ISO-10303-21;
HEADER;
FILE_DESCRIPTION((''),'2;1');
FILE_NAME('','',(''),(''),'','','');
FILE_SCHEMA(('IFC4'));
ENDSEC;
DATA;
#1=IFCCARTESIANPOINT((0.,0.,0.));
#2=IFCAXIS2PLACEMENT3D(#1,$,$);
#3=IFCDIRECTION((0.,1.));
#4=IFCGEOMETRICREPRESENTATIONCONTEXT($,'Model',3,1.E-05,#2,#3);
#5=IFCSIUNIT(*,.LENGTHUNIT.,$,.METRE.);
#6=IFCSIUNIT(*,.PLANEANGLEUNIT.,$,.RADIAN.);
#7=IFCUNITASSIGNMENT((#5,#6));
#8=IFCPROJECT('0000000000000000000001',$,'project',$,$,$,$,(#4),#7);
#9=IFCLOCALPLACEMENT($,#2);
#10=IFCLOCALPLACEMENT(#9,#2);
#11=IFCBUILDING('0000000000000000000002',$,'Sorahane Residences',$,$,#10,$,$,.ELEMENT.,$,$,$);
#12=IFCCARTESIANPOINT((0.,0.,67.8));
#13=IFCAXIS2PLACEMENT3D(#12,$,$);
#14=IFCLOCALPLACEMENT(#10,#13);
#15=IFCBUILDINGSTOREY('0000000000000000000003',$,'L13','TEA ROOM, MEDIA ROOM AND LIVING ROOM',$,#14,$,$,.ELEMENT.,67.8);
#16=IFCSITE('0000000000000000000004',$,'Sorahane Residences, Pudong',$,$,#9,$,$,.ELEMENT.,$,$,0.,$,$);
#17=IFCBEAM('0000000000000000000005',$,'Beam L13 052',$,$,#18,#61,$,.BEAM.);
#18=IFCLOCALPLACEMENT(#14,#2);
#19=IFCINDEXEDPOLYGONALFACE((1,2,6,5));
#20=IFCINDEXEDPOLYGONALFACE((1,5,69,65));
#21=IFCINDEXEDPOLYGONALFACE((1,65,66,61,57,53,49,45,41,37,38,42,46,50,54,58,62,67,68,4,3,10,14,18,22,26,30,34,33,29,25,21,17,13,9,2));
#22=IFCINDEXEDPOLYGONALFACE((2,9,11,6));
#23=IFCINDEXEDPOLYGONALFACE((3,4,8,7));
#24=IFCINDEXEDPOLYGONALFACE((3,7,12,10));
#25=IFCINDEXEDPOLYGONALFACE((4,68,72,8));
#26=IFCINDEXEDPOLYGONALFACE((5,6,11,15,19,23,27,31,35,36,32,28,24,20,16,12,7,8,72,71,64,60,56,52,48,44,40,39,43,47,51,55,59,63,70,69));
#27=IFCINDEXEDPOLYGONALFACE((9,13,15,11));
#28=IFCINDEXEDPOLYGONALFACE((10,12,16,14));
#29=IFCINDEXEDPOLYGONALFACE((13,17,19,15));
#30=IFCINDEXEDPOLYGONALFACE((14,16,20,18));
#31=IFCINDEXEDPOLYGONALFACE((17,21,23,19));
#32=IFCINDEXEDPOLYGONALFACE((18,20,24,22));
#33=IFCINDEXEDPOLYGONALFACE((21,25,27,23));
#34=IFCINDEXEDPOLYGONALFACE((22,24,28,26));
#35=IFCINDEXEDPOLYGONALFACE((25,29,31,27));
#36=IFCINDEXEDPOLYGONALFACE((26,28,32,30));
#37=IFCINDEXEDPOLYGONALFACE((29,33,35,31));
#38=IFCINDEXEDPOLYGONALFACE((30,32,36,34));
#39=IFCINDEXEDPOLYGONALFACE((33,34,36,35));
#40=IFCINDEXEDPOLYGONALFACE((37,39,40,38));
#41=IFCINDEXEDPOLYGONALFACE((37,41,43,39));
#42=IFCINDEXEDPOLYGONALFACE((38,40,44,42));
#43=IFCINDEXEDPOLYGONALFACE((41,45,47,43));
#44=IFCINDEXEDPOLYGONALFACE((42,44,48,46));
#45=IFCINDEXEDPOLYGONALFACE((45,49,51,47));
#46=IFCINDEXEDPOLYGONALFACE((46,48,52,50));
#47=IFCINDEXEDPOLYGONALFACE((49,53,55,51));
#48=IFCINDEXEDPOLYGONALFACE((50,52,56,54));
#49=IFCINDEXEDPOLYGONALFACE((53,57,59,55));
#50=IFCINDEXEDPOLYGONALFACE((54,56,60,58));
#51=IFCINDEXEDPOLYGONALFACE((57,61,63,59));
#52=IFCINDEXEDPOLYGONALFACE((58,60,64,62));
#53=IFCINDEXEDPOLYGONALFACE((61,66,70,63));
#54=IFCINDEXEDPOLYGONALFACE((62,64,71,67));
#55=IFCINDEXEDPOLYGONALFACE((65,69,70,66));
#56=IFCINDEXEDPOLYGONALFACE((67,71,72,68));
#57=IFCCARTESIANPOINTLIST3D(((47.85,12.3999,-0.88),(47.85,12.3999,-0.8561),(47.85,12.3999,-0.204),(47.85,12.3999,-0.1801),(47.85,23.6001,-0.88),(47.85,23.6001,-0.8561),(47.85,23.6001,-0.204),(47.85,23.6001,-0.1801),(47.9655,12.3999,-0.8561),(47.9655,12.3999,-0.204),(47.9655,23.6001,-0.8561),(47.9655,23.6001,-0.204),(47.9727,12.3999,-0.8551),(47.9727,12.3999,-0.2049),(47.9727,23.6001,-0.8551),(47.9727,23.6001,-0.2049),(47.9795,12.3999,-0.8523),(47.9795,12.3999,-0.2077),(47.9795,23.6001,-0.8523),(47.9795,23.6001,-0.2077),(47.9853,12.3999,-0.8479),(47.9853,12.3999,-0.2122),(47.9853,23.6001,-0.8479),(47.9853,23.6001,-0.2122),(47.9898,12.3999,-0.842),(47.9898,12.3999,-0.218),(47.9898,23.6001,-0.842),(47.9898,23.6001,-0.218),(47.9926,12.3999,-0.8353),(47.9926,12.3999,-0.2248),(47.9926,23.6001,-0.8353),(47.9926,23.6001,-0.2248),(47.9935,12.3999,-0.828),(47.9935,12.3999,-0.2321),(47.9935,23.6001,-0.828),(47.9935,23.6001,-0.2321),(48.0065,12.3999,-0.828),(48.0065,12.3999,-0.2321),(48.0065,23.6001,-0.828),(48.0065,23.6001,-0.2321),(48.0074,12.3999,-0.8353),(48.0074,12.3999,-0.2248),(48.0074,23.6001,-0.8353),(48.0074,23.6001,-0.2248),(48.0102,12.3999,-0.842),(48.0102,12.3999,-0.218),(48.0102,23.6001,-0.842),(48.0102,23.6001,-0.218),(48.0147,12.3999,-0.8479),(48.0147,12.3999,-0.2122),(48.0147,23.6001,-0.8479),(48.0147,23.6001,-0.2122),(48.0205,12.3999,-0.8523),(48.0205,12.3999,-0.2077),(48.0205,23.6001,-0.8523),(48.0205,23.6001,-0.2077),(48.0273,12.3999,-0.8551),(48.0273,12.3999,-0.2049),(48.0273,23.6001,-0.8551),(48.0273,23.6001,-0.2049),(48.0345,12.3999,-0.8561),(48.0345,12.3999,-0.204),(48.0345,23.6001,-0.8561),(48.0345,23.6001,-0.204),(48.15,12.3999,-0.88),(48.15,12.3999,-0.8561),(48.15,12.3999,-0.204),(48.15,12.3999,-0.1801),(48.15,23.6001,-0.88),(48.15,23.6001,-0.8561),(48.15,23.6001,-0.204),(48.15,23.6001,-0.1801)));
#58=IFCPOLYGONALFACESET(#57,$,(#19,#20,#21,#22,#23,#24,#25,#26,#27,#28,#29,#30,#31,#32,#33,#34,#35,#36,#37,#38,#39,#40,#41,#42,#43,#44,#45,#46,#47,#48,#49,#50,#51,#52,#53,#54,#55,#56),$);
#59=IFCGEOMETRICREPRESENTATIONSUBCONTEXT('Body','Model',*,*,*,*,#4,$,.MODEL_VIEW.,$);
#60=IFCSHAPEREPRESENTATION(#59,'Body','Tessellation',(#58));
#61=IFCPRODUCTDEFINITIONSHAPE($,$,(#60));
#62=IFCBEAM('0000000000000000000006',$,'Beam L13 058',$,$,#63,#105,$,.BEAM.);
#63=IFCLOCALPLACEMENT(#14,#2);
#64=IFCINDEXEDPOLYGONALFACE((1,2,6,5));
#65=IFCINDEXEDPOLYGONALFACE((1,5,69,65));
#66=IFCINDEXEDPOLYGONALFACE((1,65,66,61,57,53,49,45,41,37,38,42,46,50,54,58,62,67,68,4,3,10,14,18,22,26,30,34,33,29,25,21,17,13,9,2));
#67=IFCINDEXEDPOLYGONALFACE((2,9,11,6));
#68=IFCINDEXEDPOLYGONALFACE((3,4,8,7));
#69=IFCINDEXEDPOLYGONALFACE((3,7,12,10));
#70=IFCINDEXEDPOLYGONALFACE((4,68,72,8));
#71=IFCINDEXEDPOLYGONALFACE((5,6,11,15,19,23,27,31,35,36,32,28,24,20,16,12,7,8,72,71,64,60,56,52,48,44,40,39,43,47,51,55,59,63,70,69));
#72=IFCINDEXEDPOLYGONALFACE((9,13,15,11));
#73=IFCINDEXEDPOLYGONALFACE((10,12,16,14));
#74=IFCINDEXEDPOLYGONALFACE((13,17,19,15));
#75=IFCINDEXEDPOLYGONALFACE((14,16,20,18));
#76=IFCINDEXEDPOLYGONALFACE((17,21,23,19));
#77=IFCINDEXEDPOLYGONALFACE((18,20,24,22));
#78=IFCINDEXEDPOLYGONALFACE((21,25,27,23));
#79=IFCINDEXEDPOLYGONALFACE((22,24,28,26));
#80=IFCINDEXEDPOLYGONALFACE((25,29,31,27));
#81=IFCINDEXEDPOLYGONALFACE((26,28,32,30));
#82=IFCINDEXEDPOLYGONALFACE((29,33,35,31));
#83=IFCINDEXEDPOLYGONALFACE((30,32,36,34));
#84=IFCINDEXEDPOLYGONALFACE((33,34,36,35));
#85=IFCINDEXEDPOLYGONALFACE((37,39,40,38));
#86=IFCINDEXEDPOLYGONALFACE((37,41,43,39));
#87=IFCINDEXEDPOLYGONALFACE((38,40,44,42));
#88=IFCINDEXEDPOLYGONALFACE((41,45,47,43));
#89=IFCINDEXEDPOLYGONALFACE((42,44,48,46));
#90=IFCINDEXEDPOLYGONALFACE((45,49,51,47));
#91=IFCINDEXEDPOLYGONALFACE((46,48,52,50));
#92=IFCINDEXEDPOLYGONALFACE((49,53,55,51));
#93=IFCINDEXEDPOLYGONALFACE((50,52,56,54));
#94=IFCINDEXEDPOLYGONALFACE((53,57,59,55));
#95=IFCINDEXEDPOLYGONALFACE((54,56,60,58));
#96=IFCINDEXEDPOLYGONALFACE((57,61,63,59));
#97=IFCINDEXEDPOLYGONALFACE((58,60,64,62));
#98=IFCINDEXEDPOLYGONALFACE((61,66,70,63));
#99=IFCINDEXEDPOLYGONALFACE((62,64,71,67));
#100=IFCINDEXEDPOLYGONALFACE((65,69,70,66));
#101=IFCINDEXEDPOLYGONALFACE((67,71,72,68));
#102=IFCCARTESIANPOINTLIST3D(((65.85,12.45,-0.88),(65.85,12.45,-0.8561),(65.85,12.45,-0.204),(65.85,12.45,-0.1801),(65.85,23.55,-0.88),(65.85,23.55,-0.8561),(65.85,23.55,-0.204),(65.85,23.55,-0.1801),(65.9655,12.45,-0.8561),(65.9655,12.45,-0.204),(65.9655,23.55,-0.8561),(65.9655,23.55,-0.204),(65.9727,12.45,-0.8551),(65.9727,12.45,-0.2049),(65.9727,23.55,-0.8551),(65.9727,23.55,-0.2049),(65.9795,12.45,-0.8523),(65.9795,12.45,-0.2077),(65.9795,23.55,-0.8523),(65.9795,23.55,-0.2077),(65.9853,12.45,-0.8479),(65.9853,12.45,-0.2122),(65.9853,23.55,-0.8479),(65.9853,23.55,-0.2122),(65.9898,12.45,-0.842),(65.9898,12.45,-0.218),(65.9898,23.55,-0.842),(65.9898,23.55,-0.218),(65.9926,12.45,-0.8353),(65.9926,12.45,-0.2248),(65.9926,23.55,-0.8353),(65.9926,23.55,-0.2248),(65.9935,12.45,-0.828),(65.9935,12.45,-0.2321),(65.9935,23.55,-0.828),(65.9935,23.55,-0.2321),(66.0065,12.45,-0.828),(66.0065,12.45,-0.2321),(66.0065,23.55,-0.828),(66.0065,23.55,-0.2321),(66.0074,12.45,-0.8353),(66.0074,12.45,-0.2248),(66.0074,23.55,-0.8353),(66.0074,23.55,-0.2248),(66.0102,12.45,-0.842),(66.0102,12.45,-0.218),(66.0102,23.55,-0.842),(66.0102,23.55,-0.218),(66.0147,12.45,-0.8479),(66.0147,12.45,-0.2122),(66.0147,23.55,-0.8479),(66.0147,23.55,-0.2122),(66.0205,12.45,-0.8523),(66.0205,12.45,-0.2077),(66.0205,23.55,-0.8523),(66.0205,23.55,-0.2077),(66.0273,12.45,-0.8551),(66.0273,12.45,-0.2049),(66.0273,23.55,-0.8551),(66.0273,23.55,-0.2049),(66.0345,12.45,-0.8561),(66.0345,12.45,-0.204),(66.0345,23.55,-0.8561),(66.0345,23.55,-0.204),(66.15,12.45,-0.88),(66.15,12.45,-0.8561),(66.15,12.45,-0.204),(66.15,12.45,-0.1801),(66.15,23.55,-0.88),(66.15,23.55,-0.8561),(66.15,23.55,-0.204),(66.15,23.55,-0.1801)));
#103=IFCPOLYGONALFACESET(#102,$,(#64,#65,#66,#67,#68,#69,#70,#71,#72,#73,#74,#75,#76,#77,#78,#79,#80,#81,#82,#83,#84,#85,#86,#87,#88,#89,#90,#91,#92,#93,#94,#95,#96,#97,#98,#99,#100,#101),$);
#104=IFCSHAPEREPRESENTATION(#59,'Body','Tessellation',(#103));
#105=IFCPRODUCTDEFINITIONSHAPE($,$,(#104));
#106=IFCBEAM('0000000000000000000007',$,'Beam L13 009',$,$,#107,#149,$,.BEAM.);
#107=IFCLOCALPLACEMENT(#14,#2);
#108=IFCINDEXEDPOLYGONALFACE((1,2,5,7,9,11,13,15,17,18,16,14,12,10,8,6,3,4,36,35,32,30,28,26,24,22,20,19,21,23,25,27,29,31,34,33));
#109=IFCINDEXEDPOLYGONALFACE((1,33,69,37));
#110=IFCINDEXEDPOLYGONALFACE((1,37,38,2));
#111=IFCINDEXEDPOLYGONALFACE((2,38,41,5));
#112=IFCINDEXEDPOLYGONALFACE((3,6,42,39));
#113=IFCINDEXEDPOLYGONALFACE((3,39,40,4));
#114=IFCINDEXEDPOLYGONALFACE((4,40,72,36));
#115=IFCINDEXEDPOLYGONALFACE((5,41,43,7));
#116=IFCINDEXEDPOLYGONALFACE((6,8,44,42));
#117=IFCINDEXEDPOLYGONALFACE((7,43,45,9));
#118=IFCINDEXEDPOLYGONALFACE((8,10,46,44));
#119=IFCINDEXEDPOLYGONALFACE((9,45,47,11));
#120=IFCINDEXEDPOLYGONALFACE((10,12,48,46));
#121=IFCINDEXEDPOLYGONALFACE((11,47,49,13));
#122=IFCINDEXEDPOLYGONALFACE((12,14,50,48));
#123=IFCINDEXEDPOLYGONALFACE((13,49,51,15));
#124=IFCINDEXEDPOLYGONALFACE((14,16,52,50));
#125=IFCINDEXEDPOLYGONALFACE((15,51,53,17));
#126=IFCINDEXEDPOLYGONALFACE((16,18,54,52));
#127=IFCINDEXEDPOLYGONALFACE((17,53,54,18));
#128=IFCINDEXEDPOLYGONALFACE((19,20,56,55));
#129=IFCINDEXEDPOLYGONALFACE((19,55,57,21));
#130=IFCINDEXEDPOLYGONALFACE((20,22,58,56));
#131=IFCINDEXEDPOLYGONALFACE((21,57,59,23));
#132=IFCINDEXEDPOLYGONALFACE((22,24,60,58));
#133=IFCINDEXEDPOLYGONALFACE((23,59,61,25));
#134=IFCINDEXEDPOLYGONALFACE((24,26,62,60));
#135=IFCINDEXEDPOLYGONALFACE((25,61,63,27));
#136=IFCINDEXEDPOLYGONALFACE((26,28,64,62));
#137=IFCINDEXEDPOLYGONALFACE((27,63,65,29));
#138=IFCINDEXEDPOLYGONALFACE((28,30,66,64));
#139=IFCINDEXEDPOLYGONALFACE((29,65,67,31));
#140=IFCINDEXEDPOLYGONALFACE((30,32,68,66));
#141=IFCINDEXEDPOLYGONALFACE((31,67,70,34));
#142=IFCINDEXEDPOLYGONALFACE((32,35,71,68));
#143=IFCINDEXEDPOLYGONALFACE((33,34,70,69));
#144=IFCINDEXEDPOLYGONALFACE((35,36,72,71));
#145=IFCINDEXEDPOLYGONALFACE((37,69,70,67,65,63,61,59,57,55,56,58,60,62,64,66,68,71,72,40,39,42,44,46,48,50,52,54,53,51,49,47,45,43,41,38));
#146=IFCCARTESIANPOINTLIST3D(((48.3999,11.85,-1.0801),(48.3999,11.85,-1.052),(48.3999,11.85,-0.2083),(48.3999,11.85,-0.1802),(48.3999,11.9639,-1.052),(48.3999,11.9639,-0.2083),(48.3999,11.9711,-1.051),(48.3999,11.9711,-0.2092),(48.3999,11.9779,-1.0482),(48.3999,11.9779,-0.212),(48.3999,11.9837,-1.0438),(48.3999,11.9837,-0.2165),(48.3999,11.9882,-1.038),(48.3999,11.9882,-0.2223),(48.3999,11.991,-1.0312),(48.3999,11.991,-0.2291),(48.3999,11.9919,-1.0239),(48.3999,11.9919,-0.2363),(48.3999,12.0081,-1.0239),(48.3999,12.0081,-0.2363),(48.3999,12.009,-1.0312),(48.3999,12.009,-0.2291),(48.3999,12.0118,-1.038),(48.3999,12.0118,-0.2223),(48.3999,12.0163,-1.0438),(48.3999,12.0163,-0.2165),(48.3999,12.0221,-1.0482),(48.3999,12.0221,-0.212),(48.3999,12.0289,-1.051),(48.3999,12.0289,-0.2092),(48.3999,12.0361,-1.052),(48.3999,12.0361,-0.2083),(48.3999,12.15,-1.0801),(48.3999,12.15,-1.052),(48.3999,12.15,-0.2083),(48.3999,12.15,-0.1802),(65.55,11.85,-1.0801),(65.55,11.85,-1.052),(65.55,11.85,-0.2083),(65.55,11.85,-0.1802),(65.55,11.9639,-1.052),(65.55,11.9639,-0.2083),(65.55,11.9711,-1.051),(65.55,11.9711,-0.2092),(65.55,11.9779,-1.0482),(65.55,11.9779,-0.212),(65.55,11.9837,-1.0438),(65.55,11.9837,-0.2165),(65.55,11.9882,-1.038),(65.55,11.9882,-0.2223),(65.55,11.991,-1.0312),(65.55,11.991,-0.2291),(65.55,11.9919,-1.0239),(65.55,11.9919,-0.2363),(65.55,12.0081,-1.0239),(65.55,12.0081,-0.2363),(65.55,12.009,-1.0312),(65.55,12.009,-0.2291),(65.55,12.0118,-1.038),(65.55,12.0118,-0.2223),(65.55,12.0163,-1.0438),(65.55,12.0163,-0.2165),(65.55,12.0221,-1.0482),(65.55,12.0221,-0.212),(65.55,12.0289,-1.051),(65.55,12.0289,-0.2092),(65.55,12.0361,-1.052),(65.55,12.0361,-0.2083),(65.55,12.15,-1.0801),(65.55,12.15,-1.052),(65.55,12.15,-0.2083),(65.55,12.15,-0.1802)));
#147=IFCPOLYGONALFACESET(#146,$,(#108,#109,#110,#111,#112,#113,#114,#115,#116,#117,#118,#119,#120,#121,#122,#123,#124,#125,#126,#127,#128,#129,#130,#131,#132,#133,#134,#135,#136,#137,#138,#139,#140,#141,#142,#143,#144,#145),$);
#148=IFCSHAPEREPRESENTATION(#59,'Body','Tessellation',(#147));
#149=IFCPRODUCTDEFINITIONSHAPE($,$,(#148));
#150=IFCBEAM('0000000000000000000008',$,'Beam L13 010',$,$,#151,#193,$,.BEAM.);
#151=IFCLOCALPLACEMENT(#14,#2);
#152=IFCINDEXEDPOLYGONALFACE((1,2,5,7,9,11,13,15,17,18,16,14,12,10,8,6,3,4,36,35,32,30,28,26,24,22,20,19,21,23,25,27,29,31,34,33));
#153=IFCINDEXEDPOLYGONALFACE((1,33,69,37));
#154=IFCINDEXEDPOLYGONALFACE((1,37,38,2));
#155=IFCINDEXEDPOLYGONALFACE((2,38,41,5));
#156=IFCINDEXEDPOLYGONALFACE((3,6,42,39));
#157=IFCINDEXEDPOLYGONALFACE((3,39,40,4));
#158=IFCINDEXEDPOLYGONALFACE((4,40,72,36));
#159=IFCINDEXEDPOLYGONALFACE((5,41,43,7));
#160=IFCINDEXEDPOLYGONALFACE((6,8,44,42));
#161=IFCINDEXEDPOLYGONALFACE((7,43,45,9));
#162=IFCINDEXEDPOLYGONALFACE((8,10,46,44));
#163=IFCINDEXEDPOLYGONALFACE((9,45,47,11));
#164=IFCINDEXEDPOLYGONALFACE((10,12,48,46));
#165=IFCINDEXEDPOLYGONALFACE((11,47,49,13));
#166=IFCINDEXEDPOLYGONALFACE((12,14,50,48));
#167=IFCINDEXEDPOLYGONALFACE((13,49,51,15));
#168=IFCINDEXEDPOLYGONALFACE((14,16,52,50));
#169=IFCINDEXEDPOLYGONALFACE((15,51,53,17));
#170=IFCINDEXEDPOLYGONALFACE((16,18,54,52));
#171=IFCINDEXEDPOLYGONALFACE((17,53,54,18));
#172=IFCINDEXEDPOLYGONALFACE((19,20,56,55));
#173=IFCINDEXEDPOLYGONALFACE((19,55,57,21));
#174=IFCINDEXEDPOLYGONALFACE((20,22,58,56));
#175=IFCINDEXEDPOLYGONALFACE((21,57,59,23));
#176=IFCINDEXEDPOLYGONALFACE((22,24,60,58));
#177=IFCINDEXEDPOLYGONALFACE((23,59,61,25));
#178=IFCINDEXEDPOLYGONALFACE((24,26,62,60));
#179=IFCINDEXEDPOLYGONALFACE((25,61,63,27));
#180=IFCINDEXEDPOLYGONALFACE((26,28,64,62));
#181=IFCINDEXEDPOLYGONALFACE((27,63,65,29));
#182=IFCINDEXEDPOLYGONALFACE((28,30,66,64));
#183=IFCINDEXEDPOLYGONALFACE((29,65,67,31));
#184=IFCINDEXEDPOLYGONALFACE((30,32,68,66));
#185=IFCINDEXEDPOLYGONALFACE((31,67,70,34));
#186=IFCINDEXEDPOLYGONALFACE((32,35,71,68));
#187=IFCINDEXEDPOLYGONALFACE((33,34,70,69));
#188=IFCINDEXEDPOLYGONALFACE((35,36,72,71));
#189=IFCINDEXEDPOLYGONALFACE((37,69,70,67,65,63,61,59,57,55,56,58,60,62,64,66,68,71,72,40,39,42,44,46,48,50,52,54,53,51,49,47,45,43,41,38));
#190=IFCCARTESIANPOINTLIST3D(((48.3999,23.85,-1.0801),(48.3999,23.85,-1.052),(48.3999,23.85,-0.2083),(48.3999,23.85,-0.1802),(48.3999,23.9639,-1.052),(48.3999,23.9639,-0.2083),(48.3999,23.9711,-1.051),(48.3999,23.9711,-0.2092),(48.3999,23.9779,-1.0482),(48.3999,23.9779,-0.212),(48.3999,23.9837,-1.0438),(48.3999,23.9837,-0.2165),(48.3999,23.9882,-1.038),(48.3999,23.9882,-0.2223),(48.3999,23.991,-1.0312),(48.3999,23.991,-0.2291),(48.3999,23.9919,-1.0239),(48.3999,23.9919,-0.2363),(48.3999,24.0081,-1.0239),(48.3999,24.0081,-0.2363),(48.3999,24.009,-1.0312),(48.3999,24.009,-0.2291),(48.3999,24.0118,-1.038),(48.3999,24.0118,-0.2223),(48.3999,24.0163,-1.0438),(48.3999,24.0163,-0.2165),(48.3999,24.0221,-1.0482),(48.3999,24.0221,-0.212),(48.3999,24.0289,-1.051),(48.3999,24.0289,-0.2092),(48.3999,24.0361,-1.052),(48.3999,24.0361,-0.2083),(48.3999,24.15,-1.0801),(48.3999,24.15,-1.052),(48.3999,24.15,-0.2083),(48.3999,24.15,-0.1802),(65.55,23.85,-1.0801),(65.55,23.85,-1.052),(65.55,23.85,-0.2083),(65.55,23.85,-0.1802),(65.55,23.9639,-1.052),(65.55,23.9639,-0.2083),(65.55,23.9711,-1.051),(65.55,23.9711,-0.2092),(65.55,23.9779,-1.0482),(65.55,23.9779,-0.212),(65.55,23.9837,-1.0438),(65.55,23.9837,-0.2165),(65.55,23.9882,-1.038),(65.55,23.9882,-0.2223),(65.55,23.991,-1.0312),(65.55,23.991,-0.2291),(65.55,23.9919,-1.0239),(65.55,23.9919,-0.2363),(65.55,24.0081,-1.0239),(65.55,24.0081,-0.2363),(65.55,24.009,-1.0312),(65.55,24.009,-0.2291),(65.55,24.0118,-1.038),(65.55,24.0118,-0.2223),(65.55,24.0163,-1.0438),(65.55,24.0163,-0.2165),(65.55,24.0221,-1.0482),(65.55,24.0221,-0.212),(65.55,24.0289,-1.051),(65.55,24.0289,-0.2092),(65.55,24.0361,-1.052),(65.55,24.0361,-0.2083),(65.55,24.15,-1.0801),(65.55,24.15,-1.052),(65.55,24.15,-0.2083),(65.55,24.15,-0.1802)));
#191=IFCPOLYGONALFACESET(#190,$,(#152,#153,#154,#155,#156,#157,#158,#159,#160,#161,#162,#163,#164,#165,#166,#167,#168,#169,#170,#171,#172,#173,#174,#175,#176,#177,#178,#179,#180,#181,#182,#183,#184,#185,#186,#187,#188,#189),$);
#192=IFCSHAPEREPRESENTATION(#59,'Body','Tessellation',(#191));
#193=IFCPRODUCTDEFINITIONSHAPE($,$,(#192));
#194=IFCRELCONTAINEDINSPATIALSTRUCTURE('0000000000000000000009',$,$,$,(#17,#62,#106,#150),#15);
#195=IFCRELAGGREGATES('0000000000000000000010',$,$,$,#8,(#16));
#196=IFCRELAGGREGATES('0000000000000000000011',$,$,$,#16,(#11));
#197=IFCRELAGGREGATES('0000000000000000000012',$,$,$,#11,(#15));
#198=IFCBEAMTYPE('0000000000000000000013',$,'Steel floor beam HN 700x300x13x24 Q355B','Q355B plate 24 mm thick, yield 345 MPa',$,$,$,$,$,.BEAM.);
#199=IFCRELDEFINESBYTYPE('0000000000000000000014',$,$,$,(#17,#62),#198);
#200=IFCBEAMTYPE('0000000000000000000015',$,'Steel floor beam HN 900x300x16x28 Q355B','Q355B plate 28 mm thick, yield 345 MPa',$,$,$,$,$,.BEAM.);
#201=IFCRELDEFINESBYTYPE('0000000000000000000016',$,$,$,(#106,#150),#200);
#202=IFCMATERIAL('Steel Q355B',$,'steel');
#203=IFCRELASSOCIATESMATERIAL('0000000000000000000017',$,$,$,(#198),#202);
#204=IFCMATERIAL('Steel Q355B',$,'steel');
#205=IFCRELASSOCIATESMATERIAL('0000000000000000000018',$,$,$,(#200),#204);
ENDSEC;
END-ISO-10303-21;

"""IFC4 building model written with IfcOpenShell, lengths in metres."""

from ifc_helpers import new_model, si_unit, direction, frame, origin, origin_2d, place, context, subcontext, project, spatial, i_section, extrude, material, material_profile, profile_set, type_object, element, save


model = new_model("IFC4")

# Units and contexts
model_context = context("Model", 3, precision=1e-05, world=origin(), true_north=direction((0.0, 1.0)))
body_context = subcontext(model_context, "Body", "Model", "MODEL_VIEW")
ifc_project = project(units=[si_unit("LENGTHUNIT", "METRE"), si_unit("PLANEANGLEUNIT", "RADIAN")], contexts=[model_context])

# Site, building, storey
site_placement = place(None, origin())
site = spatial("IfcSite", under=ifc_project, at=site_placement, Name="Sorahane Residences, Pudong", CompositionType="ELEMENT", RefElevation=0.0)
building_placement = place(site_placement, origin())
building = spatial("IfcBuilding", under=site, at=building_placement, Name="Sorahane Residences", CompositionType="ELEMENT")
storey_placement = place(building_placement, frame((0.0, 0.0, 67.8)))
storey = spatial("IfcBuildingStorey", under=building, at=storey_placement, Name="L13", Description="TEA ROOM, MEDIA ROOM AND LIVING ROOM", CompositionType="ELEMENT", Elevation=67.8)

# Beams
ifc_material_1 = material(Name="Steel Q355B", Category="steel")
ifc_material_profile_1 = material_profile(ifc_material_1, i_section(OverallWidth=0.3, OverallDepth=0.7, WebThickness=0.0129, FlangeThickness=0.0239, FilletRadius=0.0281, at=origin_2d()), Name="HN 700x300x13x24")
ifc_profile_set_1 = profile_set([ifc_material_profile_1], Name="Steel Q355B")
beam_type_1 = type_object("IfcBeamType", Name="Steel floor beam HN 700x300x13x24 Q355B", Description="Q355B plate 24 mm thick, yield 345 MPa", PredefinedType="BEAM", material=ifc_profile_set_1)
beam_1_placement = place(storey_placement, frame((48.0, 12.3999, -0.53), z_axis=(0.0, 1.0, 0.0), x_axis=(-1.0, 0.0, 0.0)))
element("IfcBeam", 1, at=beam_1_placement, inside=storey, type_object=beam_type_1, Name="Beam L13 052", PredefinedType="BEAM", context=body_context, shape_type="SweptSolid", body=[
    extrude(i_section(OverallWidth=0.3, OverallDepth=0.7, WebThickness=0.0129, FlangeThickness=0.0239, FilletRadius=0.0281, at=origin_2d()), origin(), (0.0, 0.0, 1.0), 11.2002),
])
beam_2_placement = place(storey_placement, frame((66.0, 12.45, -0.53), z_axis=(0.0, 1.0, 0.0), x_axis=(-1.0, 0.0, 0.0)))
element("IfcBeam", 2, at=beam_2_placement, inside=storey, type_object=beam_type_1, Name="Beam L13 058", PredefinedType="BEAM", context=body_context, shape_type="SweptSolid", body=[
    extrude(i_section(OverallWidth=0.3, OverallDepth=0.7, WebThickness=0.0129, FlangeThickness=0.0239, FilletRadius=0.0281, at=origin_2d()), origin(), (0.0, 0.0, 1.0), 11.1001),
])
ifc_material_2 = material(Name="Steel Q355B", Category="steel")
ifc_material_profile_2 = material_profile(ifc_material_2, i_section(OverallWidth=0.3, OverallDepth=0.8999, WebThickness=0.0161, FlangeThickness=0.0281, FilletRadius=0.0281, at=origin_2d()), Name="HN 900x300x16x28")
ifc_profile_set_2 = profile_set([ifc_material_profile_2], Name="Steel Q355B")
beam_type_2 = type_object("IfcBeamType", Name="Steel floor beam HN 900x300x16x28 Q355B", Description="Q355B plate 28 mm thick, yield 345 MPa", PredefinedType="BEAM", material=ifc_profile_set_2)
for number, where, z_axis, x_axis, name in (
    (3, (48.3999, 12.0, -0.6301), (1.0, 0.0, 0.0), (0.0, 1.0, 0.0), "Beam L13 009"),
    (4, (48.3999, 24.0, -0.6301), (1.0, 0.0, 0.0), (0.0, 1.0, 0.0), "Beam L13 010"),
):
    element("IfcBeam", number, at=place(storey_placement, frame(where, z_axis=z_axis, x_axis=x_axis)), inside=storey, type_object=beam_type_2, Name=name, PredefinedType="BEAM", context=body_context, shape_type="SweptSolid", body=[
        extrude(i_section(OverallWidth=0.3, OverallDepth=0.8999, WebThickness=0.0161, FlangeThickness=0.0281, FilletRadius=0.0281, at=origin_2d()), origin(), (0.0, 0.0, 1.0), 17.1501),
    ])

save(model, "model.ifc")
